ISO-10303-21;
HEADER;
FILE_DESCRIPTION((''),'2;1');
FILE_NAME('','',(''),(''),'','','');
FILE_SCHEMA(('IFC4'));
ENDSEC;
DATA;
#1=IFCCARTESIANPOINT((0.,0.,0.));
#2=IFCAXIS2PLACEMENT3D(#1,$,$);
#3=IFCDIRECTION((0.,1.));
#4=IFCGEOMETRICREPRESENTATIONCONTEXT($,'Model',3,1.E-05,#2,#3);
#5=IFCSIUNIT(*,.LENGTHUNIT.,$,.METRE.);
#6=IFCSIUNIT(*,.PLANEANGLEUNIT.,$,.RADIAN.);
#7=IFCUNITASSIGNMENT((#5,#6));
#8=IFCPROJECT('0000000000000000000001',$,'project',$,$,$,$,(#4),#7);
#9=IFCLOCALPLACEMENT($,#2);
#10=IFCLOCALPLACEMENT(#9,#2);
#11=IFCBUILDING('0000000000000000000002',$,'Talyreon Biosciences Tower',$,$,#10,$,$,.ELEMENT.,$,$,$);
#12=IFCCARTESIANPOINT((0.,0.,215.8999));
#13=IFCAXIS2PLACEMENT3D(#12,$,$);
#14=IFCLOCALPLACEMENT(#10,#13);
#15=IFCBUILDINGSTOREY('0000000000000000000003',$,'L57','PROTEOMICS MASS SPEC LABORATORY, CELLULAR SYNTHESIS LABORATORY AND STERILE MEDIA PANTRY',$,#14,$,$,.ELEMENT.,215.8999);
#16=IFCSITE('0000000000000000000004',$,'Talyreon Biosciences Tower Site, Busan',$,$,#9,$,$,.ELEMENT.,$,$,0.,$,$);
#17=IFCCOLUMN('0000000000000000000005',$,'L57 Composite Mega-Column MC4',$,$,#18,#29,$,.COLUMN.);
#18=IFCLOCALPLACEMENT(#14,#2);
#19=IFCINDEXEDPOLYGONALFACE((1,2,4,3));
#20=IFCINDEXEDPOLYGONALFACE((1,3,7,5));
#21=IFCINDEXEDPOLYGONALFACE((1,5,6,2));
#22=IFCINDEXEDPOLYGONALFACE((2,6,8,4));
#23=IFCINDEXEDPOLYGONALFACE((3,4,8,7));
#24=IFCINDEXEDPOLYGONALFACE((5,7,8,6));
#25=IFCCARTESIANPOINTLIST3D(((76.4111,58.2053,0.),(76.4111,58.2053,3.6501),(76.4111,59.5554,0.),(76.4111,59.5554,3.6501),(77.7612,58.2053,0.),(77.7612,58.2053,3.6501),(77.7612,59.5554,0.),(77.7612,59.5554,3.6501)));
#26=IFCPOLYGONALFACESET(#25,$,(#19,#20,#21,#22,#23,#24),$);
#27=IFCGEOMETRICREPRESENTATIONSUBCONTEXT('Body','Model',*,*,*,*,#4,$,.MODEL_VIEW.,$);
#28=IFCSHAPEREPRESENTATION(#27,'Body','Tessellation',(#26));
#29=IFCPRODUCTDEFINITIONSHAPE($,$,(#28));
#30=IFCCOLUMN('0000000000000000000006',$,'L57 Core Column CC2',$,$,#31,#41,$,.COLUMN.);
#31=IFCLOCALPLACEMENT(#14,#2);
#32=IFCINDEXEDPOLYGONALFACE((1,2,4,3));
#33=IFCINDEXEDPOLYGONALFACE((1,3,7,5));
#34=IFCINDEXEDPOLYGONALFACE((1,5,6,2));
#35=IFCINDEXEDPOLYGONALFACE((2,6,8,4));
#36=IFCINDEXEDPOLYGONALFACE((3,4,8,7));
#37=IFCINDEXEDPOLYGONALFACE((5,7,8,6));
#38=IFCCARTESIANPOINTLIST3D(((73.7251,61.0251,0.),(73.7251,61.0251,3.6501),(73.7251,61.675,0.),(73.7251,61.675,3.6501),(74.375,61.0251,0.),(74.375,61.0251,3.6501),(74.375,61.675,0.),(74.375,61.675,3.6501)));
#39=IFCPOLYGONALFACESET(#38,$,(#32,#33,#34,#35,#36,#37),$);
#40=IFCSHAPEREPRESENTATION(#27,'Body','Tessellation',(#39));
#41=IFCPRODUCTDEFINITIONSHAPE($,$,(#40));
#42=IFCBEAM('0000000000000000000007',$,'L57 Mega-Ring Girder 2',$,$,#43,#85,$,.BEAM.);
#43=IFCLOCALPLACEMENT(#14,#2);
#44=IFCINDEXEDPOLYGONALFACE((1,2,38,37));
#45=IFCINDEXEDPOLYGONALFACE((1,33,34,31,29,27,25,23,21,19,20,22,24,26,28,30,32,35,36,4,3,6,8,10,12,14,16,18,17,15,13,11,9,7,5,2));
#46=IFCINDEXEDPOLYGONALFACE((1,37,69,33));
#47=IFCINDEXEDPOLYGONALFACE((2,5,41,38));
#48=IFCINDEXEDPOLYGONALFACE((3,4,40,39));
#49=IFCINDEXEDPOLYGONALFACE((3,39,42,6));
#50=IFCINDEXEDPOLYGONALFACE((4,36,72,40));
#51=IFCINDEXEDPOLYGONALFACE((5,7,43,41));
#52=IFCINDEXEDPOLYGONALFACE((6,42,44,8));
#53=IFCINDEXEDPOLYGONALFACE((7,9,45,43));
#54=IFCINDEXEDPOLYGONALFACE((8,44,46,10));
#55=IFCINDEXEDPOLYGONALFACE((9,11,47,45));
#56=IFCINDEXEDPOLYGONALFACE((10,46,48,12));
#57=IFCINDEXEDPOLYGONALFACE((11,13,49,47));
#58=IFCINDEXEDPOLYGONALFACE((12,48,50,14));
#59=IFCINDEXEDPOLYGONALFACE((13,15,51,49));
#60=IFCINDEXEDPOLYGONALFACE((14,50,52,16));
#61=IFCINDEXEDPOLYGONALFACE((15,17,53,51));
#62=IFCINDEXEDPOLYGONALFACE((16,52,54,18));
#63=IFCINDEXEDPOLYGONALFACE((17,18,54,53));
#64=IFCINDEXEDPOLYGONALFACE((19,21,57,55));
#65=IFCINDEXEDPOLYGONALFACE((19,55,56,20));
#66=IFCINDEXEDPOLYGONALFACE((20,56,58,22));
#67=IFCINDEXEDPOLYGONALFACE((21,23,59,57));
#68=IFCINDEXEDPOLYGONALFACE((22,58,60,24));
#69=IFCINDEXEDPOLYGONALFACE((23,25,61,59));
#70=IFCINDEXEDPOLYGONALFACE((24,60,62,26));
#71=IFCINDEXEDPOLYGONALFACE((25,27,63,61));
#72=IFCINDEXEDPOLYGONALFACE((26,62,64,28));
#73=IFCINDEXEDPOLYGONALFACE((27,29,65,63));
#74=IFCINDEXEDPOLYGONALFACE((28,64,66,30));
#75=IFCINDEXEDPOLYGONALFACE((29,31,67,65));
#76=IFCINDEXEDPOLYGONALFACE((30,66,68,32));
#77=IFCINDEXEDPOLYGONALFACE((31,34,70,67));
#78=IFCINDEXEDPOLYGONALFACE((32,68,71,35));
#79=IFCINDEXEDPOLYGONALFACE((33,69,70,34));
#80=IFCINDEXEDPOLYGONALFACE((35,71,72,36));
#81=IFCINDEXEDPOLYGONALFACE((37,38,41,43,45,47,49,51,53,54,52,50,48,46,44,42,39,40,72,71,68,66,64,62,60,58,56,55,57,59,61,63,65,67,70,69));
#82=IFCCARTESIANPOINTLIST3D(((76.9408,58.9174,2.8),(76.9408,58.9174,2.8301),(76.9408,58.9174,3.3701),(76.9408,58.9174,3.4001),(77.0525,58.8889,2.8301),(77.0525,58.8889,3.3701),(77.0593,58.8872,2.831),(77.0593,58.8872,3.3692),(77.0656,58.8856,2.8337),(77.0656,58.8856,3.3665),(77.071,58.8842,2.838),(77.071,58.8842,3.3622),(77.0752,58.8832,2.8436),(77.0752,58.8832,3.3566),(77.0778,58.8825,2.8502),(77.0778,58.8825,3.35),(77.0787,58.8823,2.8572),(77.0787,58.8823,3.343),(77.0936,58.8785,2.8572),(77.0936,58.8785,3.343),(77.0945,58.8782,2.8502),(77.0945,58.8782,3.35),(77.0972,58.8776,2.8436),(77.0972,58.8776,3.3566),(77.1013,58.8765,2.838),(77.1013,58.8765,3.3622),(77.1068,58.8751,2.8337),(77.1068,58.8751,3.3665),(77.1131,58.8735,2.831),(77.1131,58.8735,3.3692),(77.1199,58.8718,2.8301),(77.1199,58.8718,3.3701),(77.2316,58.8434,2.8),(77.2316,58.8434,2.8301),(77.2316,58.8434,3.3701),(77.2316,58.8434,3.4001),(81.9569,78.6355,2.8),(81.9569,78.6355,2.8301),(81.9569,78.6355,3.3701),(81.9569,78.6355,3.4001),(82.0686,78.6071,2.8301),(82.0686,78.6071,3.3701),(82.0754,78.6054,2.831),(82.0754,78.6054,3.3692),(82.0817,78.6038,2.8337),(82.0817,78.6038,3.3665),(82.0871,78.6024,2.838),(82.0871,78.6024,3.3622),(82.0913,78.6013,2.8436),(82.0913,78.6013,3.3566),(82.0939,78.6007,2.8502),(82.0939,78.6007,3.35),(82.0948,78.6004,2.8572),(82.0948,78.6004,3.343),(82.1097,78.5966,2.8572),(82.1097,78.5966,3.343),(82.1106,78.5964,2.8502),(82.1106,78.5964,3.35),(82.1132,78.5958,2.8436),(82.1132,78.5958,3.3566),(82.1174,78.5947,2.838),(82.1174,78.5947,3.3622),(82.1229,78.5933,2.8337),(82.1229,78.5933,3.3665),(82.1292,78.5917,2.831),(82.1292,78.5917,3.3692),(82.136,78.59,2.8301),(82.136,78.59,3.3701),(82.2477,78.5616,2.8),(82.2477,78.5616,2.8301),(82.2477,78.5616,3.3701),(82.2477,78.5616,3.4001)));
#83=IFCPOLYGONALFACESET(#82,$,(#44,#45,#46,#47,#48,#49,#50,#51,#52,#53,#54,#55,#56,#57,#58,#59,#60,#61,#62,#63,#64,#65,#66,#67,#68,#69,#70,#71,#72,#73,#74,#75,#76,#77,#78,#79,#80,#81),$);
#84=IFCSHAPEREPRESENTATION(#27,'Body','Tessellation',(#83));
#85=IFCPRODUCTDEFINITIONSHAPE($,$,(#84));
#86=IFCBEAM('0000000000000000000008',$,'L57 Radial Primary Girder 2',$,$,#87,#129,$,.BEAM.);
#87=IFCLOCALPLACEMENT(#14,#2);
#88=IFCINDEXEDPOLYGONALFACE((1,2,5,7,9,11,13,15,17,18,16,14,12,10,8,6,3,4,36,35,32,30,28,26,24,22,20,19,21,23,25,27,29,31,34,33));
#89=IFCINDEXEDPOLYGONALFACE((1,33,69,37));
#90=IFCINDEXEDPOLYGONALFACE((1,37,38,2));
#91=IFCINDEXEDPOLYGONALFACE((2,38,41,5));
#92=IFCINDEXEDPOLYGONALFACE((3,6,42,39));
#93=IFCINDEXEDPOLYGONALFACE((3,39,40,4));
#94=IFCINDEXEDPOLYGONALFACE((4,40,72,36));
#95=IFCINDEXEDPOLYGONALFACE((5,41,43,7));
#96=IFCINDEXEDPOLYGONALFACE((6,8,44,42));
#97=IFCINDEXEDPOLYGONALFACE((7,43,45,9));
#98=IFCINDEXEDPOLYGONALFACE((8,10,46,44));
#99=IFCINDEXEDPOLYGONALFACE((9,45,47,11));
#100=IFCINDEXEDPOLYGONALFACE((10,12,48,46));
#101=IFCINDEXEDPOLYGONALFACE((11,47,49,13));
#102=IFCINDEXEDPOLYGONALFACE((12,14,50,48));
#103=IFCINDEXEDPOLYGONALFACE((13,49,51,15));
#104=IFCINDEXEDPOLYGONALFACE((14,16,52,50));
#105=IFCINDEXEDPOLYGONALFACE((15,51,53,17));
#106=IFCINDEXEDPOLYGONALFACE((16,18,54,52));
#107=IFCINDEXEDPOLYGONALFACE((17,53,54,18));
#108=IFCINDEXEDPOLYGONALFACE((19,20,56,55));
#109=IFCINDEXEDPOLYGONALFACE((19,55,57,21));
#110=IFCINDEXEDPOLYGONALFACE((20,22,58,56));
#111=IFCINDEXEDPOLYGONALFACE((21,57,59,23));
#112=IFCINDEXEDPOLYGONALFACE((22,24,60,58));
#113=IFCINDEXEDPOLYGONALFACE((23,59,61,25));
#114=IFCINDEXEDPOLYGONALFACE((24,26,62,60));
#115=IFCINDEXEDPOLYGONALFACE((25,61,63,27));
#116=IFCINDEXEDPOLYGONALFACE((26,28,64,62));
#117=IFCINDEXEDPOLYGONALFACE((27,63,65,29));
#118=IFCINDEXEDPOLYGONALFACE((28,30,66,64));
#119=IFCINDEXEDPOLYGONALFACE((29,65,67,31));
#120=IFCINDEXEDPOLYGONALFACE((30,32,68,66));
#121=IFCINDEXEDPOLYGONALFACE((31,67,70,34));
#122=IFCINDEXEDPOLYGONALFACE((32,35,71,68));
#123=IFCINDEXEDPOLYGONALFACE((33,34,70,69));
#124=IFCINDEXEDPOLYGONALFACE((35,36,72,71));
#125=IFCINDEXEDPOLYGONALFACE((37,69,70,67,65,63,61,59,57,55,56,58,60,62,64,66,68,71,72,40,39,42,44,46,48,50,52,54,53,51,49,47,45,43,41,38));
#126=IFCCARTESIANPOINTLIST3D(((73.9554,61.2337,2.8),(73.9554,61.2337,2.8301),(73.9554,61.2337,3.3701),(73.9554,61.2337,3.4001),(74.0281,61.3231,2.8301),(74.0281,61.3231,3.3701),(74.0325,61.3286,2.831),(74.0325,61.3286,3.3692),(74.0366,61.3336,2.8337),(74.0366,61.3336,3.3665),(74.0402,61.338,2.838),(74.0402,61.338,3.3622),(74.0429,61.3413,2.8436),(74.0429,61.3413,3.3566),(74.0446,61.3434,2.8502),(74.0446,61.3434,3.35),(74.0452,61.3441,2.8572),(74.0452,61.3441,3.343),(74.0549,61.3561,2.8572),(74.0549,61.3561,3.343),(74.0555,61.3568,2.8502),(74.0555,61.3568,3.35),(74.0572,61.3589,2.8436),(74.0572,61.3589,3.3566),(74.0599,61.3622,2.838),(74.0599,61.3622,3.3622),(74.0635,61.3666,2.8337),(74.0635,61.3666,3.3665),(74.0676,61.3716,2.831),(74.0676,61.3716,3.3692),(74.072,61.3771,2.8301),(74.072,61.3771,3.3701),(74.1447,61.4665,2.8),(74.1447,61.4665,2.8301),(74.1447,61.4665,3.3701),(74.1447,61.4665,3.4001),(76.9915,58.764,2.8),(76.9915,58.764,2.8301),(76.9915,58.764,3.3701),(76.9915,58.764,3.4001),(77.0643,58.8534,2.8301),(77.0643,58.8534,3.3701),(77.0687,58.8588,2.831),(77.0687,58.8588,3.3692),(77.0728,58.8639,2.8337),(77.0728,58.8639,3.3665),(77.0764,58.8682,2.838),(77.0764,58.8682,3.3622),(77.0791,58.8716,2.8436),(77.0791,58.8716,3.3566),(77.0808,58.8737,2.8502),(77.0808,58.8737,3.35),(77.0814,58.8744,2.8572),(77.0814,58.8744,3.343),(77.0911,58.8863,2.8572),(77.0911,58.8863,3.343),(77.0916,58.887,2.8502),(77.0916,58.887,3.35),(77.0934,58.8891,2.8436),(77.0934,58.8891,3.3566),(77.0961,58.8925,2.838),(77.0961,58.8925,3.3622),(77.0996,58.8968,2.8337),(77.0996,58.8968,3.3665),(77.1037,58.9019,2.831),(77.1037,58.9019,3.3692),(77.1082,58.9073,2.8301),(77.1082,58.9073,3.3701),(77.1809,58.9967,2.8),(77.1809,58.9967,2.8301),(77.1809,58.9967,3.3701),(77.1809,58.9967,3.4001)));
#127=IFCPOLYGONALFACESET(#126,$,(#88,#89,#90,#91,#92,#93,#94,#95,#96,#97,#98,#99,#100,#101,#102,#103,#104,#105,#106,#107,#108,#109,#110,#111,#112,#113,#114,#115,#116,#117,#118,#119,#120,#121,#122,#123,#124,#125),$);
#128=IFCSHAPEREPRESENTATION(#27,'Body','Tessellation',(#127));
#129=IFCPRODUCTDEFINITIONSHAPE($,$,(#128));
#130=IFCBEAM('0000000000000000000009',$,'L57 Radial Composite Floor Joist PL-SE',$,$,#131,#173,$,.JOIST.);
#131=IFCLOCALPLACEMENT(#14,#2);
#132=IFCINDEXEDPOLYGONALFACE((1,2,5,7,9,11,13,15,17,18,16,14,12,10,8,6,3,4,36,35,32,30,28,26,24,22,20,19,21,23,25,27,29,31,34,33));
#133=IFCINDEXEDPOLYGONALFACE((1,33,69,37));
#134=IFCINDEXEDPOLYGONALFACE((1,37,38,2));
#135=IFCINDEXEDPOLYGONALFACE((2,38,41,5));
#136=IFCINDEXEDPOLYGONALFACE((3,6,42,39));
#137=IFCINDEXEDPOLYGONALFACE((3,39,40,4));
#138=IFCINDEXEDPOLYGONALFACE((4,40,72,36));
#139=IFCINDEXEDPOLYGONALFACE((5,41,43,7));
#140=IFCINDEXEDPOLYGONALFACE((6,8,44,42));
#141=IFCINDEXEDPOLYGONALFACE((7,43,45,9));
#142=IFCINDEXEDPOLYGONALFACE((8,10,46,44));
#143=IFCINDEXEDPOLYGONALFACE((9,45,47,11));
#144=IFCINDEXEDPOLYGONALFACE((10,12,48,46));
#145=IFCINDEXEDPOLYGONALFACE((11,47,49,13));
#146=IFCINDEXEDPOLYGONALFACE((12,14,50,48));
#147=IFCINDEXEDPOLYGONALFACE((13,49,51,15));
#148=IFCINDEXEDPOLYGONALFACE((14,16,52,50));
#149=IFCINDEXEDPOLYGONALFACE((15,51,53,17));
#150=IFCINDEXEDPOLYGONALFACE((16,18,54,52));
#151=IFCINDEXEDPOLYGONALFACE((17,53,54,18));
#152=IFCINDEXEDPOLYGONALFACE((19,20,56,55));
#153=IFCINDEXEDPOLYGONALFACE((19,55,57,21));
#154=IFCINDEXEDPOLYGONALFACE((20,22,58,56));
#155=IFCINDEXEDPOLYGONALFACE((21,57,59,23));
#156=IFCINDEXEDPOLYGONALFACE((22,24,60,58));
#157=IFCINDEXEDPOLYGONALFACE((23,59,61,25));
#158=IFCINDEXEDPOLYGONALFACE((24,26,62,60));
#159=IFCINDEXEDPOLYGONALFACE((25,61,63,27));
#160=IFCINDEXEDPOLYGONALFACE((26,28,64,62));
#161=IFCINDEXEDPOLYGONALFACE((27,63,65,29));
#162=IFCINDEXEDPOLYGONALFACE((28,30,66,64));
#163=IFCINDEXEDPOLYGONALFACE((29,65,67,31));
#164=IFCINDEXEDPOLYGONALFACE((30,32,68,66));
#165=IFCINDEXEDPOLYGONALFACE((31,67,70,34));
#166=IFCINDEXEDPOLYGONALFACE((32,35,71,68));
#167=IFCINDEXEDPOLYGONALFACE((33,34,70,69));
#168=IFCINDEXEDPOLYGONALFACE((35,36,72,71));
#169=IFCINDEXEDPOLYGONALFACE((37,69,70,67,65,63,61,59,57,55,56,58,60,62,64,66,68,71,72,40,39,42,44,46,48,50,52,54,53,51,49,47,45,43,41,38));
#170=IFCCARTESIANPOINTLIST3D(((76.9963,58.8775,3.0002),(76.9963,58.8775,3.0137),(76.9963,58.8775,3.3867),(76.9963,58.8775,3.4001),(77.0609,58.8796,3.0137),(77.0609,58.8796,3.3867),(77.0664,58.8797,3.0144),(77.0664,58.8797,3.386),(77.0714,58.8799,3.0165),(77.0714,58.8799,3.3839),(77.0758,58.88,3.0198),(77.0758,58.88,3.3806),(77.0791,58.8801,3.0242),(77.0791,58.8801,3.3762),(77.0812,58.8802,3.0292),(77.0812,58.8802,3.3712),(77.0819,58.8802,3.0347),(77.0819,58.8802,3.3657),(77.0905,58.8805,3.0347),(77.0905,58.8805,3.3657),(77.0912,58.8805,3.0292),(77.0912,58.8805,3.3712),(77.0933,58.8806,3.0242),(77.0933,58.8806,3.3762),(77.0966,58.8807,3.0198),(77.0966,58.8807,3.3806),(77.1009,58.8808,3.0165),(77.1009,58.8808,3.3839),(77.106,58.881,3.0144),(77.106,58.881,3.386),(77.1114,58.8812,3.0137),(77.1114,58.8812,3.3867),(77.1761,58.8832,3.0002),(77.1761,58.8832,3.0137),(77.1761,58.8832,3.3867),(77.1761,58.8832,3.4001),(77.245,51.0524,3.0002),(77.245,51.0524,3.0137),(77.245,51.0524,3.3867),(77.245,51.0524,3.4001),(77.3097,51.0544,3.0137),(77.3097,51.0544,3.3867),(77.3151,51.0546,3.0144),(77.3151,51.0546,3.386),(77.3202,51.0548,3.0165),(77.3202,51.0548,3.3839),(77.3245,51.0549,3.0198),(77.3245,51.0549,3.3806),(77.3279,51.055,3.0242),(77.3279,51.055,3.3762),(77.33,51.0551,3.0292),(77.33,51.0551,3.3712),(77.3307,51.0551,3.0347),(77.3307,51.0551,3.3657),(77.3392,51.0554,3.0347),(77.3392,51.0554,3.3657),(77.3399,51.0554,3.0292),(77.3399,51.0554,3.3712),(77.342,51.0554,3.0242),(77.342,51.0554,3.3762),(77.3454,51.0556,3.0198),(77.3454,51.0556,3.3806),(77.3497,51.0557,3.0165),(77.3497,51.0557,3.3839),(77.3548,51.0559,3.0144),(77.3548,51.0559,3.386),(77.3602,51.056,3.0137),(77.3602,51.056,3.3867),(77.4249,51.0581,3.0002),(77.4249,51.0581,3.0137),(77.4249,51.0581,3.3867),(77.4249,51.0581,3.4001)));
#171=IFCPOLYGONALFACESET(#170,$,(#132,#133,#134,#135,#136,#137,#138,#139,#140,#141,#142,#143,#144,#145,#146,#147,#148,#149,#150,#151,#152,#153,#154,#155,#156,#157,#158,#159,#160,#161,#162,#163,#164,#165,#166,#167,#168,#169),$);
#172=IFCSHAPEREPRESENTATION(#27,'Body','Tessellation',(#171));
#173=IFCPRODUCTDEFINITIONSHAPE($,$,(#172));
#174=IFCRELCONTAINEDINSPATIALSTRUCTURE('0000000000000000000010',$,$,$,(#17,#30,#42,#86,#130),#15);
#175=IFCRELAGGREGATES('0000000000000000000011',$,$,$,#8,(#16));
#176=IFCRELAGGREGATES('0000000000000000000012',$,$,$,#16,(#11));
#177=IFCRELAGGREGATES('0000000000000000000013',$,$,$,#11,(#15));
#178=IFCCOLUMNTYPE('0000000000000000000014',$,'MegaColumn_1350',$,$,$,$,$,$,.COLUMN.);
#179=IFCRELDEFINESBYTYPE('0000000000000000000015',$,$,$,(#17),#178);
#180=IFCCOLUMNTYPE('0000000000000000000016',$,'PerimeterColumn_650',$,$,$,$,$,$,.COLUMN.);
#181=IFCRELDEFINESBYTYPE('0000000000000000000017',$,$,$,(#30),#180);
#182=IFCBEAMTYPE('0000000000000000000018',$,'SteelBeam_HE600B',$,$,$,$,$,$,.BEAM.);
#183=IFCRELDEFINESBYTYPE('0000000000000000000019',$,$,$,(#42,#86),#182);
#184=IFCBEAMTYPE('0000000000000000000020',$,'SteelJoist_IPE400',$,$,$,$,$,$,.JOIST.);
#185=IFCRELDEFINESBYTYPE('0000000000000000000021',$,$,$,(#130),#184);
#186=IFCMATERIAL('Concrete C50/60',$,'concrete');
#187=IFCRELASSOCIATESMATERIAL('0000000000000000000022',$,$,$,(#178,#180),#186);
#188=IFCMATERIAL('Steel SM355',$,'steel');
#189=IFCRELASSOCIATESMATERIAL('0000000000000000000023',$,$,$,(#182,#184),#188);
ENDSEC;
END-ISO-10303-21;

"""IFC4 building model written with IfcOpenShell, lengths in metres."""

from ifc_helpers import new_model, si_unit, direction, frame, origin, origin_2d, place, context, subcontext, project, spatial, rectangle, i_section, extrude, material, material_profile, profile_set, type_object, element, save


model = new_model("IFC4")

# Units and contexts
model_context = context("Model", 3, precision=1e-05, world=origin(), true_north=direction((0.0, 1.0)))
body_context = subcontext(model_context, "Body", "Model", "MODEL_VIEW")
ifc_project = project(units=[si_unit("LENGTHUNIT", "METRE"), si_unit("PLANEANGLEUNIT", "RADIAN")], contexts=[model_context])

# Site, building, storey
site_placement = place(None, origin())
site = spatial("IfcSite", under=ifc_project, at=site_placement, Name="Talyreon Biosciences Tower Site, Busan", CompositionType="ELEMENT", RefElevation=0.0)
building_placement = place(site_placement, origin())
building = spatial("IfcBuilding", under=site, at=building_placement, Name="Talyreon Biosciences Tower", CompositionType="ELEMENT")
storey_placement = place(building_placement, frame((0.0, 0.0, 215.8999)))
storey = spatial("IfcBuildingStorey", under=building, at=storey_placement, Name="L57", Description="PROTEOMICS MASS SPEC LABORATORY, CELLULAR SYNTHESIS LABORATORY AND STERILE MEDIA PANTRY", CompositionType="ELEMENT", Elevation=215.8999)

# Columns
ifc_material_1 = material(Name="Concrete C50/60", Category="concrete")
ifc_material_profile_1 = material_profile(ifc_material_1, rectangle(XDim=1.3501, YDim=1.3501, at=origin_2d()), Name="RC 1350x1350")
ifc_profile_set_1 = profile_set([ifc_material_profile_1], Name="Concrete C50/60")
column_type_1 = type_object("IfcColumnType", Name="MegaColumn_1350", PredefinedType="COLUMN", material=ifc_profile_set_1)
column_1_placement = place(storey_placement, frame((77.0862, 58.8804, 0.0), z_axis=(0.0, 0.0, 1.0), x_axis=(1.0, 0.0, 0.0)))
element("IfcColumn", 1, at=column_1_placement, inside=storey, type_object=column_type_1, Name="L57 Composite Mega-Column MC4", PredefinedType="COLUMN", context=body_context, shape_type="SweptSolid", body=[
    extrude(rectangle(XDim=1.3501, YDim=1.3501, at=origin_2d()), origin(), (0.0, 0.0, 1.0), 3.6501),
])
ifc_material_profile_2 = material_profile(ifc_material_1, rectangle(XDim=0.6499, YDim=0.6499, at=origin_2d()), Name="RC 650x650")
ifc_profile_set_2 = profile_set([ifc_material_profile_2], Name="Concrete C50/60")
column_type_2 = type_object("IfcColumnType", Name="PerimeterColumn_650", PredefinedType="COLUMN", material=ifc_profile_set_2)
column_2_placement = place(storey_placement, frame((74.05, 61.3501, 0.0), z_axis=(0.0, 0.0, 1.0), x_axis=(1.0, 0.0, 0.0)))
element("IfcColumn", 2, at=column_2_placement, inside=storey, type_object=column_type_2, Name="L57 Core Column CC2", PredefinedType="COLUMN", context=body_context, shape_type="SweptSolid", body=[
    extrude(rectangle(XDim=0.6499, YDim=0.6499, at=origin_2d()), origin(), (0.0, 0.0, 1.0), 3.6501),
])

# Beams
ifc_material_2 = material(Name="Steel SM355", Category="steel")
ifc_material_profile_3 = material_profile(ifc_material_2, i_section(OverallWidth=0.3, OverallDepth=0.6001, WebThickness=0.0154, FlangeThickness=0.03, FilletRadius=0.0271, at=origin_2d()), Name="HE600B")
ifc_profile_set_3 = profile_set([ifc_material_profile_3], Name="Steel SM355")
beam_type_1 = type_object("IfcBeamType", Name="SteelBeam_HE600B", PredefinedType="BEAM", material=ifc_profile_set_3)
beam_1_placement = place(storey_placement, frame((77.0862, 58.8804, 3.1001), z_axis=(0.246537, 0.969133, 0.0), x_axis=(-0.969133, 0.246537, 0.0)))
element("IfcBeam", 3, at=beam_1_placement, inside=storey, type_object=beam_type_1, Name="L57 Mega-Ring Girder 2", PredefinedType="BEAM", context=body_context, shape_type="SweptSolid", body=[
    extrude(i_section(OverallWidth=0.3, OverallDepth=0.6001, WebThickness=0.0154, FlangeThickness=0.03, FilletRadius=0.0271, at=origin_2d()), origin(), (0.0, 0.0, 1.0), 20.3462),
])
beam_2_placement = place(storey_placement, frame((74.05, 61.3501, 3.1001), z_axis=(0.775755, -0.631034, 0.0), x_axis=(0.631034, 0.775755, 0.0)))
element("IfcBeam", 4, at=beam_2_placement, inside=storey, type_object=beam_type_1, Name="L57 Radial Primary Girder 2", PredefinedType="BEAM", context=body_context, shape_type="SweptSolid", body=[
    extrude(i_section(OverallWidth=0.3, OverallDepth=0.6001, WebThickness=0.0154, FlangeThickness=0.03, FilletRadius=0.0271, at=origin_2d()), origin(), (0.0, 0.0, 1.0), 3.9138),
])
ifc_material_profile_4 = material_profile(ifc_material_2, i_section(OverallWidth=0.1799, OverallDepth=0.3999, WebThickness=0.0085, FlangeThickness=0.0134, FilletRadius=0.021, at=origin_2d()), Name="IPE400")
ifc_profile_set_4 = profile_set([ifc_material_profile_4], Name="Steel SM355")
beam_type_2 = type_object("IfcBeamType", Name="SteelJoist_IPE400", PredefinedType="JOIST", material=ifc_profile_set_4)
beam_3_placement = place(storey_placement, frame((77.0862, 58.8804, 3.2002), z_axis=(0.031776, -0.999495, 0.0), x_axis=(0.999495, 0.031776, 0.0)))
element("IfcBeam", 5, at=beam_3_placement, inside=storey, type_object=beam_type_2, Name="L57 Radial Composite Floor Joist PL-SE", PredefinedType="JOIST", context=body_context, shape_type="SweptSolid", body=[
    extrude(i_section(OverallWidth=0.1799, OverallDepth=0.3999, WebThickness=0.0085, FlangeThickness=0.0134, FilletRadius=0.021, at=origin_2d()), origin(), (0.0, 0.0, 1.0), 7.8291),
])

save(model, "model.ifc")
